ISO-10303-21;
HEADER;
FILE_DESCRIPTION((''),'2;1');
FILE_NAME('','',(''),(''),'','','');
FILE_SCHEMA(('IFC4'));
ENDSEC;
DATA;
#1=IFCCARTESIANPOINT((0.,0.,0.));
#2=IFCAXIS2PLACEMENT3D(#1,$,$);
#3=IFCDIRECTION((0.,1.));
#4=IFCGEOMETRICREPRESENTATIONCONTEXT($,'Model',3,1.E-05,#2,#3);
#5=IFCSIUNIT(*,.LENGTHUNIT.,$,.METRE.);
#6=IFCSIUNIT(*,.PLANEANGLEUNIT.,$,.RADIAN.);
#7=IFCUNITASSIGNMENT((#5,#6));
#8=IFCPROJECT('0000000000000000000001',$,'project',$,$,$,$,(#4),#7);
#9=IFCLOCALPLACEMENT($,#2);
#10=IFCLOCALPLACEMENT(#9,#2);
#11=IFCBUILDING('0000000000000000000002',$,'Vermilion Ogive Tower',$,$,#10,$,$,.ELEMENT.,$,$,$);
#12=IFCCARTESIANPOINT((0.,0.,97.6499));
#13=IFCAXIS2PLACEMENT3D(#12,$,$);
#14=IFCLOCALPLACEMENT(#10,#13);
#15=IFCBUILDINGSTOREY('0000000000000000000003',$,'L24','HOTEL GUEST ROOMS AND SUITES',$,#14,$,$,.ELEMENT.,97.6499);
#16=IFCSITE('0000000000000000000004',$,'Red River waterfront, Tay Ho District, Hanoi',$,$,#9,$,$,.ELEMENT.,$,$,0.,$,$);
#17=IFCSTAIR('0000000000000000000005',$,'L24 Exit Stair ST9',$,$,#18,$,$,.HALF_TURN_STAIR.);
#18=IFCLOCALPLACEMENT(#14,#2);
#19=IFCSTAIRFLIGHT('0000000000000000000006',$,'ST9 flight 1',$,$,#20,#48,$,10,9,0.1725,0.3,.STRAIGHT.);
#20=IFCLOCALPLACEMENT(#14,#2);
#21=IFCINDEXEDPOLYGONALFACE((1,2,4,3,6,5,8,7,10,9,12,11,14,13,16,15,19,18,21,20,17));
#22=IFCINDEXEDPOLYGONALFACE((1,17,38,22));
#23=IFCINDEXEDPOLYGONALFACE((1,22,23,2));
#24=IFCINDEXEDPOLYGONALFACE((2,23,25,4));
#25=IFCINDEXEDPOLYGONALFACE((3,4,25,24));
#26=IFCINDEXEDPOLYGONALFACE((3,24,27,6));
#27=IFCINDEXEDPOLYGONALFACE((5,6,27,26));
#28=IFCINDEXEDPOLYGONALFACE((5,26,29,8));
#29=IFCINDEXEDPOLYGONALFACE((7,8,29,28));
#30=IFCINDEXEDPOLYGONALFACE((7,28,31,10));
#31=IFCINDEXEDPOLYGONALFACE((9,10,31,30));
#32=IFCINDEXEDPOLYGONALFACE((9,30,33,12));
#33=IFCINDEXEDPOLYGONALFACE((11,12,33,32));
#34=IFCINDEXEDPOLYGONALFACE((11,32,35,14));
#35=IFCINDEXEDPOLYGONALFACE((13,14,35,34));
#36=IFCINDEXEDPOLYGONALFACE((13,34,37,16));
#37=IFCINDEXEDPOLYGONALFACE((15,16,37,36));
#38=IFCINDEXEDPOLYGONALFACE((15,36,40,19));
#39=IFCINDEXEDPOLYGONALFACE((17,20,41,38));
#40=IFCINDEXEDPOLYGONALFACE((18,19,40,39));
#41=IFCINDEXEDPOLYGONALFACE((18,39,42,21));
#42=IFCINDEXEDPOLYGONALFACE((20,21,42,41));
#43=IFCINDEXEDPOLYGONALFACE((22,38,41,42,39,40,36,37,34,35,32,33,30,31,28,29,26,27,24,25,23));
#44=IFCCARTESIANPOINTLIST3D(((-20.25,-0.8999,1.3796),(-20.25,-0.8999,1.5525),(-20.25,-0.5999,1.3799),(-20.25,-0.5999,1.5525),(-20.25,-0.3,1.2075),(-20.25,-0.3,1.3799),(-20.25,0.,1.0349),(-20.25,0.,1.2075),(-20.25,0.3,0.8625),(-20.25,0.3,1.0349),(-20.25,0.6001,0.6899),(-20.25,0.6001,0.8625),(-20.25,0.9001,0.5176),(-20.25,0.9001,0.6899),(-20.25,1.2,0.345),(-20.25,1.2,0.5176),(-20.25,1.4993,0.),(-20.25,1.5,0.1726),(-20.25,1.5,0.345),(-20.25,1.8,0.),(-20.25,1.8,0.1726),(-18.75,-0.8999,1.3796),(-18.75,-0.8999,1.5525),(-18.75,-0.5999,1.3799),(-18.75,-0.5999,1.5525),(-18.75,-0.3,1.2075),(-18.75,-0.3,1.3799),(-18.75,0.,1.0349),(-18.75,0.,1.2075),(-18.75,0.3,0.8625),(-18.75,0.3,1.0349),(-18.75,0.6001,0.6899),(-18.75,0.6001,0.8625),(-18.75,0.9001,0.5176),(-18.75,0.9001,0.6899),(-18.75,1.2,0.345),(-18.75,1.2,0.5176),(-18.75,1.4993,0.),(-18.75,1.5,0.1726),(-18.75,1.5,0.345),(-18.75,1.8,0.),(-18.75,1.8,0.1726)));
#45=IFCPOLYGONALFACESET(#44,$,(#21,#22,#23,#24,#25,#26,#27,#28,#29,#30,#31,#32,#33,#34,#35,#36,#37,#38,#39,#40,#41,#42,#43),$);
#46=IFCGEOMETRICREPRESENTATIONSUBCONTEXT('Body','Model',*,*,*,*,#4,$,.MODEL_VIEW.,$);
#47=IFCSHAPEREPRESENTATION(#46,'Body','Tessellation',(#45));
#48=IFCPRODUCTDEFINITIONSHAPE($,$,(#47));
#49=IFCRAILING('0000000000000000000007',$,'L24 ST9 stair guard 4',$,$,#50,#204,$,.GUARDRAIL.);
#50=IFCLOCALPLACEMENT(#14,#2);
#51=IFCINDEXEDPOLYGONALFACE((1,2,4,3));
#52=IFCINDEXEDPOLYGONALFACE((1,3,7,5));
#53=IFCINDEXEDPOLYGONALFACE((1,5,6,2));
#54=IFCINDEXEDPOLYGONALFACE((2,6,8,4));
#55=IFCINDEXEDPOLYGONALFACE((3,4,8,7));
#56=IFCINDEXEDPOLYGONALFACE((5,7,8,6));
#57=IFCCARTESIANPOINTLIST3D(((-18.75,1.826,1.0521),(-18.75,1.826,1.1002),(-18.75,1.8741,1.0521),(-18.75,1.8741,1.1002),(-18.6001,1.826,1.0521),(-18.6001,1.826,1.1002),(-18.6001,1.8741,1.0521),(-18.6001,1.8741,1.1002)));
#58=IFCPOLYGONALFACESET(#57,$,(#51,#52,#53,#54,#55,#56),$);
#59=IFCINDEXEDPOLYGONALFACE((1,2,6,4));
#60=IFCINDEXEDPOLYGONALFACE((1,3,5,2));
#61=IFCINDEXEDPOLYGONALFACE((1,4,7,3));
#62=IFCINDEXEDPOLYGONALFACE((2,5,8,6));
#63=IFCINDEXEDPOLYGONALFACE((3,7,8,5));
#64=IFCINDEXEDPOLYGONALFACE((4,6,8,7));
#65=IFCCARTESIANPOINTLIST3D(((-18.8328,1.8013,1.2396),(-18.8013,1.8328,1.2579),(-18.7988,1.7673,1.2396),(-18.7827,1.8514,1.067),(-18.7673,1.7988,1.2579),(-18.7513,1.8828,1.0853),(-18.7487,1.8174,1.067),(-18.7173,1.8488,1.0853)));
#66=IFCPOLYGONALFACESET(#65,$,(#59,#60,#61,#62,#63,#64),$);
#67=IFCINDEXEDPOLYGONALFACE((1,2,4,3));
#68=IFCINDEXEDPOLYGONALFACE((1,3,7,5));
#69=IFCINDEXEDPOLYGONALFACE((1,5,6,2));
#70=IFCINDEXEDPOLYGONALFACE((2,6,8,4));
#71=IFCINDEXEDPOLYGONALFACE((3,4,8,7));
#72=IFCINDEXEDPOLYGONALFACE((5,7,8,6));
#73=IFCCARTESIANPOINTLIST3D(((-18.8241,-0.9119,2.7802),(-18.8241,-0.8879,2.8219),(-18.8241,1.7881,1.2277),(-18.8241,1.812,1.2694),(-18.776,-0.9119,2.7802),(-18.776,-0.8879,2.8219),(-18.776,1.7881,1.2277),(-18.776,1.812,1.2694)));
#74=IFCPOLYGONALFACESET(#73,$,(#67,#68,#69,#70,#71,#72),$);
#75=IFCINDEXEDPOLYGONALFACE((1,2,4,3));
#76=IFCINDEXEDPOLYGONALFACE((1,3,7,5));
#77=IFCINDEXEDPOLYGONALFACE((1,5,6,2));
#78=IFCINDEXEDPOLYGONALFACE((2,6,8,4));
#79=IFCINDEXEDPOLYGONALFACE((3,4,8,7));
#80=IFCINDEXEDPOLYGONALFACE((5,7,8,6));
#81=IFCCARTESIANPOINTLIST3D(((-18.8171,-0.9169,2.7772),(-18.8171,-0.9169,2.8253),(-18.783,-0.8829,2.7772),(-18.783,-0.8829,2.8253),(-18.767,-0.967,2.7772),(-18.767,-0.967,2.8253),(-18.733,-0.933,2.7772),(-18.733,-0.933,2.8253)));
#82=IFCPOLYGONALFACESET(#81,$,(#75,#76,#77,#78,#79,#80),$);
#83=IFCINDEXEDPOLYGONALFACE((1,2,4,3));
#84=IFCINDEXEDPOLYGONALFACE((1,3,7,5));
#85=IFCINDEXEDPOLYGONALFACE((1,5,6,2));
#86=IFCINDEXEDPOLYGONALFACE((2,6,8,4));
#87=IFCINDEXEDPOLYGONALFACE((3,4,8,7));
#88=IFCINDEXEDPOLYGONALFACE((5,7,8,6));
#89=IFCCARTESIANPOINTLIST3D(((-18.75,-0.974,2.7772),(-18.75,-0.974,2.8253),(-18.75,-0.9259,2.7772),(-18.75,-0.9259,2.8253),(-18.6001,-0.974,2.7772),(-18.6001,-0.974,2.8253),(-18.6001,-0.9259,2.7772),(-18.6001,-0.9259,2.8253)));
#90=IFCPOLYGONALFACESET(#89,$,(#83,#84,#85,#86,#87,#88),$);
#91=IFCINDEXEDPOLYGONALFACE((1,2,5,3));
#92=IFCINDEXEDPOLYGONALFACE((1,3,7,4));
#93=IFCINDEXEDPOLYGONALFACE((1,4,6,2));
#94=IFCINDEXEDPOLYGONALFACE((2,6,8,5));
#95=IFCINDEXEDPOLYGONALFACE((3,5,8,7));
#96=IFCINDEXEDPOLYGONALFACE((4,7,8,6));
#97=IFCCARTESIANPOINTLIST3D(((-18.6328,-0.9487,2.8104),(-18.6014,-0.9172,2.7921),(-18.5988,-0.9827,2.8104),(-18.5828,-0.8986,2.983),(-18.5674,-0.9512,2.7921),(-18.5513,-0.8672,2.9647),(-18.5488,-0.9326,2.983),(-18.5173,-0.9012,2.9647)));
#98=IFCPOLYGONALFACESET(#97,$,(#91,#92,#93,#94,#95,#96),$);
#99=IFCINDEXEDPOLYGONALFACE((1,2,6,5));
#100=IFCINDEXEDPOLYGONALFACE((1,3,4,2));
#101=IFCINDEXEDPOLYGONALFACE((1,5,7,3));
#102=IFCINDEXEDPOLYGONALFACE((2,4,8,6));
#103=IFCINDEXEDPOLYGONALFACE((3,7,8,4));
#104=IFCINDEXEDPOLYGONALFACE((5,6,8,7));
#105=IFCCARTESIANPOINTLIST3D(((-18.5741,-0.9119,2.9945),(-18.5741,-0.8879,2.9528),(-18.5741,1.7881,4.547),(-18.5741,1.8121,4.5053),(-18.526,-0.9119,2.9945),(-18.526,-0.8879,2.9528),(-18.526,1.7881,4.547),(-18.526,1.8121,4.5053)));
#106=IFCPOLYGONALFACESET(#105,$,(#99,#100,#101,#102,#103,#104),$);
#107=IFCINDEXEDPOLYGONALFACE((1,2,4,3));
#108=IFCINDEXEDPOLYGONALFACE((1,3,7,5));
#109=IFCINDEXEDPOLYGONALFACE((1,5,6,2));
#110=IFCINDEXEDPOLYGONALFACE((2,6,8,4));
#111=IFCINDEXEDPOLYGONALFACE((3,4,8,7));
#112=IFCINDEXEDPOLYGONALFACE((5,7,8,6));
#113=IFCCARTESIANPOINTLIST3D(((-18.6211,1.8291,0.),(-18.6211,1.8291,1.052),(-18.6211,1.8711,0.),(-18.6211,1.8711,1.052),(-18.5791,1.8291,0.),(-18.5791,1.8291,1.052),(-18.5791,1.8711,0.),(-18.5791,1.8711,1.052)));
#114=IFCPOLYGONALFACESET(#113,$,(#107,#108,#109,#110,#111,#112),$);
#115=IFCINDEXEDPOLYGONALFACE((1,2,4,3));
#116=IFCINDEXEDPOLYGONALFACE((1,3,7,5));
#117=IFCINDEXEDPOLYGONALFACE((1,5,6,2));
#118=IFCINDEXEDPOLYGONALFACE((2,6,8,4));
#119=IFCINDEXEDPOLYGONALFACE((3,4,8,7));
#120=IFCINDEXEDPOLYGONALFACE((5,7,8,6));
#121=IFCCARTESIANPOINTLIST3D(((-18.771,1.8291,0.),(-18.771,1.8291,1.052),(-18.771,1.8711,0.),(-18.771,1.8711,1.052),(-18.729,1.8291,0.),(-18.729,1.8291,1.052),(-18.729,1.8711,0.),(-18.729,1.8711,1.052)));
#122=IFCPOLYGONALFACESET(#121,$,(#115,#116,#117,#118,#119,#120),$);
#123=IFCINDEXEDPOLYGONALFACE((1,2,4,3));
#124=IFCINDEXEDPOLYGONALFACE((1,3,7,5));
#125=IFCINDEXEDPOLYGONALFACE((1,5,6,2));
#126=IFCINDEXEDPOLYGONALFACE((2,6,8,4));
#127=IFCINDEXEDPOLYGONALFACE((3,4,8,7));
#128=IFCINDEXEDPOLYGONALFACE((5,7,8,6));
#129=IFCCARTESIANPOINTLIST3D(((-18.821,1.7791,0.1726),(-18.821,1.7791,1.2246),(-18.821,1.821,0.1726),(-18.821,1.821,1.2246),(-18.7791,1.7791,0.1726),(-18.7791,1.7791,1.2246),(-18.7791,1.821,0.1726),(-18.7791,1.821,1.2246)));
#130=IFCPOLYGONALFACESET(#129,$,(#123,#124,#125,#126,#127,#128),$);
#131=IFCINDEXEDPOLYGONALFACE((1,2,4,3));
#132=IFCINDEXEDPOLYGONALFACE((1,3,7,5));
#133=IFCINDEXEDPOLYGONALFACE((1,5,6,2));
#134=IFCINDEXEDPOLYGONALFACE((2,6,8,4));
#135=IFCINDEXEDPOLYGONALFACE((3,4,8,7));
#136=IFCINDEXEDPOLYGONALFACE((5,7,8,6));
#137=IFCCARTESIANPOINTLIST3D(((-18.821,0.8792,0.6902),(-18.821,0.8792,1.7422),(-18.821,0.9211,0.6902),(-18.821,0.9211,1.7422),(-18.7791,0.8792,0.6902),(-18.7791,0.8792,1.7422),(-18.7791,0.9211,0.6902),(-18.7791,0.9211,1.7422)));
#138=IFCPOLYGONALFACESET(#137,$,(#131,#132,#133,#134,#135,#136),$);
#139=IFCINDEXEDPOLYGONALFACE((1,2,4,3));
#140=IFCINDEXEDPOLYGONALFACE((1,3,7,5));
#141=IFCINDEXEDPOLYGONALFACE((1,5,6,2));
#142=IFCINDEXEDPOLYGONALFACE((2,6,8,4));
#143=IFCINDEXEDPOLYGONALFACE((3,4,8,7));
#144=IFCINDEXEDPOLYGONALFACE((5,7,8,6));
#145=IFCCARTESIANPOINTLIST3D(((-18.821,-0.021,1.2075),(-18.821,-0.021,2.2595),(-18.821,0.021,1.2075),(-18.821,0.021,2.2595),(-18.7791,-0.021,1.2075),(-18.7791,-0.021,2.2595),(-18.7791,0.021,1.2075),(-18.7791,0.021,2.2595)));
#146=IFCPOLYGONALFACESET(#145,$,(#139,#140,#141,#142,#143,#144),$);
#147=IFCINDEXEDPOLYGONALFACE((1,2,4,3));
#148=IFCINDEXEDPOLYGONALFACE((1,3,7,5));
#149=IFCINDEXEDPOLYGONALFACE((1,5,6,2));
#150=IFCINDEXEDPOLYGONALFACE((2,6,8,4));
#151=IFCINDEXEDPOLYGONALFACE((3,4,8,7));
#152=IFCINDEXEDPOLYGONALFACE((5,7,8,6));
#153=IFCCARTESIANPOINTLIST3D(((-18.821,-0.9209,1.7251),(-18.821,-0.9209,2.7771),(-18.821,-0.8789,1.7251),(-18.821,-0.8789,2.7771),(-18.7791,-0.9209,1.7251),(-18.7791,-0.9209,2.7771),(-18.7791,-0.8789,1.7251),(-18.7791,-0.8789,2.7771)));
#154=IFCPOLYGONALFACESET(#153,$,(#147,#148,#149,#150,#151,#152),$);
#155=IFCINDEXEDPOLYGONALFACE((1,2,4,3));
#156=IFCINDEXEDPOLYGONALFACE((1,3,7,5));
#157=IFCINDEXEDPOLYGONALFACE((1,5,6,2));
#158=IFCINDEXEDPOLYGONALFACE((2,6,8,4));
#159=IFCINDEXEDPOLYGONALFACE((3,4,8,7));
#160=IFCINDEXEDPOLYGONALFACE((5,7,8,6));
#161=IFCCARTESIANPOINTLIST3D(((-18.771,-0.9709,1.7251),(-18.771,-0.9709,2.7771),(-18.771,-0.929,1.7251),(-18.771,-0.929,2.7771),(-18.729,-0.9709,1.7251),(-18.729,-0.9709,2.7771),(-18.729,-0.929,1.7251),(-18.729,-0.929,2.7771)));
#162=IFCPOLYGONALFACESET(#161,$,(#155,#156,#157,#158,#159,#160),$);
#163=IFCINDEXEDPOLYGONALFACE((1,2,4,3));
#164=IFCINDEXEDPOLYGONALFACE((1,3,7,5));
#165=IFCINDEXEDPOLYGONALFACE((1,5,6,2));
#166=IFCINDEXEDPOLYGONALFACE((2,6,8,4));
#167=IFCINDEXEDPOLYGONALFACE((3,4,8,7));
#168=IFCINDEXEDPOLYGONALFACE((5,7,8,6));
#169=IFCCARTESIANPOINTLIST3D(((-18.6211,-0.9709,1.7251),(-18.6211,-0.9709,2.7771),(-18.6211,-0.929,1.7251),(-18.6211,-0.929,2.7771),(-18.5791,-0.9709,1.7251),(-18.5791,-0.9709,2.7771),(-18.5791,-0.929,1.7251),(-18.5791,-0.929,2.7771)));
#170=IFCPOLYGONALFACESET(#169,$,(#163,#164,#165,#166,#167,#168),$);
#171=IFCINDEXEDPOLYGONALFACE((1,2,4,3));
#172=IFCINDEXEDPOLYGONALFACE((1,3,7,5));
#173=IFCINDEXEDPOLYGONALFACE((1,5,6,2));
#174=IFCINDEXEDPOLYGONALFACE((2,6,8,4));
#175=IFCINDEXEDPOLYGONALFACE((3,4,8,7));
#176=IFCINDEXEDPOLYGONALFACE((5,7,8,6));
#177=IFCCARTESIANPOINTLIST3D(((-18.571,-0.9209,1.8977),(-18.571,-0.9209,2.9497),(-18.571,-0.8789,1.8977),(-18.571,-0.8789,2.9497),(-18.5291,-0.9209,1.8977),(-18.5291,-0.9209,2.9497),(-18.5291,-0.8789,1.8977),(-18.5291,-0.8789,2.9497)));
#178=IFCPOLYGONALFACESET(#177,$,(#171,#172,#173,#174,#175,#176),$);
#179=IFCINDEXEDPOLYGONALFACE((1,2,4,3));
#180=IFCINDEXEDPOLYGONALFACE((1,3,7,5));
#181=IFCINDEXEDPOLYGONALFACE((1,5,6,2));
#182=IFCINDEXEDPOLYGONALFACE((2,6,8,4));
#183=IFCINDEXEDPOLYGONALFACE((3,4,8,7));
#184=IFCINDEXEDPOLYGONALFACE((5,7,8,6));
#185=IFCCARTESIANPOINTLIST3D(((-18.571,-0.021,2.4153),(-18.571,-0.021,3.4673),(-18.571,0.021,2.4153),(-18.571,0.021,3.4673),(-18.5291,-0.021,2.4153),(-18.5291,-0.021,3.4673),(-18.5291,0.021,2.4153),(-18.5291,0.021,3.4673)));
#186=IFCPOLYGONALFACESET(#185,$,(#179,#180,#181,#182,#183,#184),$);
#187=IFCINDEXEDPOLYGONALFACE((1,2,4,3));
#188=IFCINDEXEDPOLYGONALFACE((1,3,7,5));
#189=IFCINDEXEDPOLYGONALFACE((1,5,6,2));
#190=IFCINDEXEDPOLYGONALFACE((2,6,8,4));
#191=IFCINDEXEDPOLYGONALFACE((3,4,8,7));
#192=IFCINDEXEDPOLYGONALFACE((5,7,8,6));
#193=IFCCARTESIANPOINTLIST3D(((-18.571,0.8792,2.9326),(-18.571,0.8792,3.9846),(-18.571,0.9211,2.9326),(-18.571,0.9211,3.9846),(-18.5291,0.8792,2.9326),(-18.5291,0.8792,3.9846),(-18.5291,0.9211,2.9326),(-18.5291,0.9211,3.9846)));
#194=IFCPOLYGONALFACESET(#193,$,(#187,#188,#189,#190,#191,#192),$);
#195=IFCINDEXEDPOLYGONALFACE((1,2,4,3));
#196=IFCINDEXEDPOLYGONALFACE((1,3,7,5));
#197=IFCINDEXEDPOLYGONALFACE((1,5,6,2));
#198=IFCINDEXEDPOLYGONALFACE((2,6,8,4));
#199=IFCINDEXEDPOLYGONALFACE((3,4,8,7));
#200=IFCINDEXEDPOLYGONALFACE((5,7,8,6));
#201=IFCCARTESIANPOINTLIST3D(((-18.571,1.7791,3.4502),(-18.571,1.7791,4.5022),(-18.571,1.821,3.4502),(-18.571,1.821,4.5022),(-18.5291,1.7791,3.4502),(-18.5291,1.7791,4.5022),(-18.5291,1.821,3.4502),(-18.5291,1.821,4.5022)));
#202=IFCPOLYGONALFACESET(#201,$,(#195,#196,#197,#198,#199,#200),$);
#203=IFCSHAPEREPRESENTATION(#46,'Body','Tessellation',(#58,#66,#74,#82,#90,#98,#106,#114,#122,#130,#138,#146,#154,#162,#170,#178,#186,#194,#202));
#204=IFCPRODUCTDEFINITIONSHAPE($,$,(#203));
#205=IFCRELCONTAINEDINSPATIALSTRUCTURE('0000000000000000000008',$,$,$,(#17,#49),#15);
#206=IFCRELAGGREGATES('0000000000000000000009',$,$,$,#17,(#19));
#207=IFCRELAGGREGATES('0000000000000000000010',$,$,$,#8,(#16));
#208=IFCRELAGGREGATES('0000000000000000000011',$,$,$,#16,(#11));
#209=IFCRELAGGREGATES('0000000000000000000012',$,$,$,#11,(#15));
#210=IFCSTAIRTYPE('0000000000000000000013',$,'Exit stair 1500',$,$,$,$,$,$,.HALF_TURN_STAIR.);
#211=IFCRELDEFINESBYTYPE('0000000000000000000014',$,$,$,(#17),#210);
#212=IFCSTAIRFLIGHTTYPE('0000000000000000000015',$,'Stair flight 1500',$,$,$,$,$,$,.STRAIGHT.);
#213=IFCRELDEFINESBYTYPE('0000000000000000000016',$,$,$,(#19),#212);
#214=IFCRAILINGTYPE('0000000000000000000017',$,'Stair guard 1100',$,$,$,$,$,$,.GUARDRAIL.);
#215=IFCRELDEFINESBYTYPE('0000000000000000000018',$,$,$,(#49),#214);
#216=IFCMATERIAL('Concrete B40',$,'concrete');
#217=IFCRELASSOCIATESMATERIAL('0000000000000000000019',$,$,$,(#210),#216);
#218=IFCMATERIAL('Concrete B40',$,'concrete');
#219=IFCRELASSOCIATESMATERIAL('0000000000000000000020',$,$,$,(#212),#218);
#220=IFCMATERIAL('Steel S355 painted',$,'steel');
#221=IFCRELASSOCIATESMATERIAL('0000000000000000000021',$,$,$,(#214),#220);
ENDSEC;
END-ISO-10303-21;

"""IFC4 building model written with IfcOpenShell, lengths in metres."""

from ifc_helpers import new_model, si_unit, direction, frame, origin, origin_2d, place, context, subcontext, project, spatial, polyline, rectangle, outline, extrude, material, type_object, element, aggregate, save


model = new_model("IFC4")

# Units and contexts
model_context = context("Model", 3, precision=1e-05, world=origin(), true_north=direction((0.0, 1.0)))
body_context = subcontext(model_context, "Body", "Model", "MODEL_VIEW")
ifc_project = project(units=[si_unit("LENGTHUNIT", "METRE"), si_unit("PLANEANGLEUNIT", "RADIAN")], contexts=[model_context])

# Site, building, storey
site_placement = place(None, origin())
site = spatial("IfcSite", under=ifc_project, at=site_placement, Name="Red River waterfront, Tay Ho District, Hanoi", CompositionType="ELEMENT", RefElevation=0.0)
building_placement = place(site_placement, origin())
building = spatial("IfcBuilding", under=site, at=building_placement, Name="Vermilion Ogive Tower", CompositionType="ELEMENT")
storey_placement = place(building_placement, frame((0.0, 0.0, 97.6499)))
storey = spatial("IfcBuildingStorey", under=building, at=storey_placement, Name="L24", Description="HOTEL GUEST ROOMS AND SUITES", CompositionType="ELEMENT", Elevation=97.6499)

# Stair, stair flight
ifc_material_1 = material(Name="Concrete B40", Category="concrete")
stair_type = type_object("IfcStairType", Name="Exit stair 1500", PredefinedType="HALF_TURN_STAIR", material=ifc_material_1)
stair_placement = place(storey_placement, origin())
stair = element("IfcStair", 1, at=stair_placement, inside=storey, type_object=stair_type, Name="L24 Exit Stair ST9", PredefinedType="HALF_TURN_STAIR")
ifc_material_2 = material(Name="Concrete B40", Category="concrete")
stair_flight_type = type_object("IfcStairFlightType", Name="Stair flight 1500", PredefinedType="STRAIGHT", material=ifc_material_2)
stair_flight_placement = place(storey_placement, frame((-19.5, 1.8, 0.0), z_axis=(0.0, 0.0, 1.0), x_axis=(0.0, -1.0, 0.0)))
stair_flight = element("IfcStairFlight", 2, at=stair_flight_placement, type_object=stair_flight_type, Name="ST9 flight 1", NumberOfRisers=10, NumberOfTreads=9, PredefinedType="STRAIGHT", RiserHeight=0.1725, TreadLength=0.3, context=body_context, shape_type="SweptSolid", body=[
    extrude(outline(polyline([(0.0, 0.0), (0.0, 0.1726), (0.3, 0.1726), (0.3, 0.345), (0.6001, 0.345), (0.6001, 0.5176), (0.8999, 0.5176), (0.8999, 0.6899), (1.2, 0.6899), (1.2, 0.8625), (1.5, 0.8625), (1.5, 1.0349), (1.8, 1.0349), (1.8, 1.2075), (2.1001, 1.2075), (2.1001, 1.3799), (2.3999, 1.3799), (2.3999, 1.5525), (2.7, 1.5525), (2.7, 1.7251), (2.7, 1.3796), (0.3008, 0.0), (0.0, 0.0)])), frame((0.0, 0.75, 0.0), z_axis=(0.0, -1.0, 0.0), x_axis=(1.0, 0.0, 0.0)), (0.0, 0.0, 1.0), 1.5),
])
aggregate(stair, [stair_flight])

# Railing
ifc_material_3 = material(Name="Steel S355 painted", Category="steel")
railing_type_1 = type_object("IfcRailingType", Name="Stair guard 1100", PredefinedType="GUARDRAIL", material=ifc_material_3)
railing_1_placement = place(storey_placement, frame((-18.6001, 1.8501, 0.0)))
element("IfcRailing", 3, at=railing_1_placement, inside=storey, type_object=railing_type_1, Name="L24 ST9 stair guard 4", PredefinedType="GUARDRAIL", context=body_context, shape_type="SweptSolid", body=[
    extrude(rectangle(XDim=0.0481, YDim=0.0481, at=origin_2d()), frame((0.0, 0.0, 1.0762), z_axis=(-1.0, 0.0, 0.0), x_axis=(0.0, -1.0, 0.0)), (0.0, 0.0, 1.0), 0.1499),
    extrude(rectangle(XDim=0.0481, YDim=0.0481, at=origin_2d()), frame((-0.1499, 0.0, 1.0762), z_axis=(-0.268278, -0.268278, 0.925232), x_axis=(0.707107, -0.707107, 0.0)), (0.0, 0.0, 1.0), 0.1865),
    extrude(rectangle(XDim=0.0481, YDim=0.0481, at=origin_2d()), frame((-0.2, -0.05, 1.2485), z_axis=(0.0, -0.866904, 0.498476), x_axis=(1.0, 0.0, 0.0)), (0.0, 0.0, 1.0), 3.1145),
    extrude(rectangle(XDim=0.0481, YDim=0.0481, at=origin_2d()), frame((-0.2, -2.75, 2.8013), z_axis=(0.707107, -0.707107, 0.0), x_axis=(0.707107, 0.707107, 0.0)), (0.0, 0.0, 1.0), 0.0708),
    extrude(rectangle(XDim=0.0481, YDim=0.0481, at=origin_2d()), frame((-0.1499, -2.8, 2.8013), z_axis=(1.0, 0.0, 0.0), x_axis=(0.0, 1.0, 0.0)), (0.0, 0.0, 1.0), 0.1499),
    extrude(rectangle(XDim=0.0481, YDim=0.0481, at=origin_2d()), frame((0.0, -2.8, 2.8013), z_axis=(0.268278, 0.268278, 0.925232), x_axis=(-0.707107, 0.707107, 0.0)), (0.0, 0.0, 1.0), 0.1865),
    extrude(rectangle(XDim=0.0481, YDim=0.0481, at=origin_2d()), frame((0.05, -2.75, 2.9736), z_axis=(0.0, 0.866904, 0.498476), x_axis=(-1.0, 0.0, 0.0)), (0.0, 0.0, 1.0), 3.1145),
    extrude(rectangle(XDim=0.042, YDim=0.042, at=origin_2d()), origin(), (0.0, 0.0, 1.0), 1.052),
    extrude(rectangle(XDim=0.042, YDim=0.042, at=origin_2d()), frame((-0.1499, 0.0, 0.0)), (0.0, 0.0, 1.0), 1.052),
    extrude(rectangle(XDim=0.042, YDim=0.042, at=origin_2d()), frame((-0.2, -0.05, 0.1726)), (0.0, 0.0, 1.0), 1.052),
    extrude(rectangle(XDim=0.042, YDim=0.042, at=origin_2d()), frame((-0.2, -0.95, 0.6902)), (0.0, 0.0, 1.0), 1.052),
    extrude(rectangle(XDim=0.042, YDim=0.042, at=origin_2d()), frame((-0.2, -1.8501, 1.2075)), (0.0, 0.0, 1.0), 1.052),
    extrude(rectangle(XDim=0.042, YDim=0.042, at=origin_2d()), frame((-0.2, -2.75, 1.7251)), (0.0, 0.0, 1.0), 1.052),
    extrude(rectangle(XDim=0.042, YDim=0.042, at=origin_2d()), frame((-0.1499, -2.8, 1.7251)), (0.0, 0.0, 1.0), 1.052),
    extrude(rectangle(XDim=0.042, YDim=0.042, at=origin_2d()), frame((0.0, -2.8, 1.7251)), (0.0, 0.0, 1.0), 1.052),
    extrude(rectangle(XDim=0.042, YDim=0.042, at=origin_2d()), frame((0.05, -2.75, 1.8977)), (0.0, 0.0, 1.0), 1.052),
    extrude(rectangle(XDim=0.042, YDim=0.042, at=origin_2d()), frame((0.05, -1.8501, 2.4153)), (0.0, 0.0, 1.0), 1.052),
    extrude(rectangle(XDim=0.042, YDim=0.042, at=origin_2d()), frame((0.05, -0.95, 2.9326)), (0.0, 0.0, 1.0), 1.052),
    extrude(rectangle(XDim=0.042, YDim=0.042, at=origin_2d()), frame((0.05, -0.05, 3.4502)), (0.0, 0.0, 1.0), 1.052),
])

save(model, "model.ifc")
